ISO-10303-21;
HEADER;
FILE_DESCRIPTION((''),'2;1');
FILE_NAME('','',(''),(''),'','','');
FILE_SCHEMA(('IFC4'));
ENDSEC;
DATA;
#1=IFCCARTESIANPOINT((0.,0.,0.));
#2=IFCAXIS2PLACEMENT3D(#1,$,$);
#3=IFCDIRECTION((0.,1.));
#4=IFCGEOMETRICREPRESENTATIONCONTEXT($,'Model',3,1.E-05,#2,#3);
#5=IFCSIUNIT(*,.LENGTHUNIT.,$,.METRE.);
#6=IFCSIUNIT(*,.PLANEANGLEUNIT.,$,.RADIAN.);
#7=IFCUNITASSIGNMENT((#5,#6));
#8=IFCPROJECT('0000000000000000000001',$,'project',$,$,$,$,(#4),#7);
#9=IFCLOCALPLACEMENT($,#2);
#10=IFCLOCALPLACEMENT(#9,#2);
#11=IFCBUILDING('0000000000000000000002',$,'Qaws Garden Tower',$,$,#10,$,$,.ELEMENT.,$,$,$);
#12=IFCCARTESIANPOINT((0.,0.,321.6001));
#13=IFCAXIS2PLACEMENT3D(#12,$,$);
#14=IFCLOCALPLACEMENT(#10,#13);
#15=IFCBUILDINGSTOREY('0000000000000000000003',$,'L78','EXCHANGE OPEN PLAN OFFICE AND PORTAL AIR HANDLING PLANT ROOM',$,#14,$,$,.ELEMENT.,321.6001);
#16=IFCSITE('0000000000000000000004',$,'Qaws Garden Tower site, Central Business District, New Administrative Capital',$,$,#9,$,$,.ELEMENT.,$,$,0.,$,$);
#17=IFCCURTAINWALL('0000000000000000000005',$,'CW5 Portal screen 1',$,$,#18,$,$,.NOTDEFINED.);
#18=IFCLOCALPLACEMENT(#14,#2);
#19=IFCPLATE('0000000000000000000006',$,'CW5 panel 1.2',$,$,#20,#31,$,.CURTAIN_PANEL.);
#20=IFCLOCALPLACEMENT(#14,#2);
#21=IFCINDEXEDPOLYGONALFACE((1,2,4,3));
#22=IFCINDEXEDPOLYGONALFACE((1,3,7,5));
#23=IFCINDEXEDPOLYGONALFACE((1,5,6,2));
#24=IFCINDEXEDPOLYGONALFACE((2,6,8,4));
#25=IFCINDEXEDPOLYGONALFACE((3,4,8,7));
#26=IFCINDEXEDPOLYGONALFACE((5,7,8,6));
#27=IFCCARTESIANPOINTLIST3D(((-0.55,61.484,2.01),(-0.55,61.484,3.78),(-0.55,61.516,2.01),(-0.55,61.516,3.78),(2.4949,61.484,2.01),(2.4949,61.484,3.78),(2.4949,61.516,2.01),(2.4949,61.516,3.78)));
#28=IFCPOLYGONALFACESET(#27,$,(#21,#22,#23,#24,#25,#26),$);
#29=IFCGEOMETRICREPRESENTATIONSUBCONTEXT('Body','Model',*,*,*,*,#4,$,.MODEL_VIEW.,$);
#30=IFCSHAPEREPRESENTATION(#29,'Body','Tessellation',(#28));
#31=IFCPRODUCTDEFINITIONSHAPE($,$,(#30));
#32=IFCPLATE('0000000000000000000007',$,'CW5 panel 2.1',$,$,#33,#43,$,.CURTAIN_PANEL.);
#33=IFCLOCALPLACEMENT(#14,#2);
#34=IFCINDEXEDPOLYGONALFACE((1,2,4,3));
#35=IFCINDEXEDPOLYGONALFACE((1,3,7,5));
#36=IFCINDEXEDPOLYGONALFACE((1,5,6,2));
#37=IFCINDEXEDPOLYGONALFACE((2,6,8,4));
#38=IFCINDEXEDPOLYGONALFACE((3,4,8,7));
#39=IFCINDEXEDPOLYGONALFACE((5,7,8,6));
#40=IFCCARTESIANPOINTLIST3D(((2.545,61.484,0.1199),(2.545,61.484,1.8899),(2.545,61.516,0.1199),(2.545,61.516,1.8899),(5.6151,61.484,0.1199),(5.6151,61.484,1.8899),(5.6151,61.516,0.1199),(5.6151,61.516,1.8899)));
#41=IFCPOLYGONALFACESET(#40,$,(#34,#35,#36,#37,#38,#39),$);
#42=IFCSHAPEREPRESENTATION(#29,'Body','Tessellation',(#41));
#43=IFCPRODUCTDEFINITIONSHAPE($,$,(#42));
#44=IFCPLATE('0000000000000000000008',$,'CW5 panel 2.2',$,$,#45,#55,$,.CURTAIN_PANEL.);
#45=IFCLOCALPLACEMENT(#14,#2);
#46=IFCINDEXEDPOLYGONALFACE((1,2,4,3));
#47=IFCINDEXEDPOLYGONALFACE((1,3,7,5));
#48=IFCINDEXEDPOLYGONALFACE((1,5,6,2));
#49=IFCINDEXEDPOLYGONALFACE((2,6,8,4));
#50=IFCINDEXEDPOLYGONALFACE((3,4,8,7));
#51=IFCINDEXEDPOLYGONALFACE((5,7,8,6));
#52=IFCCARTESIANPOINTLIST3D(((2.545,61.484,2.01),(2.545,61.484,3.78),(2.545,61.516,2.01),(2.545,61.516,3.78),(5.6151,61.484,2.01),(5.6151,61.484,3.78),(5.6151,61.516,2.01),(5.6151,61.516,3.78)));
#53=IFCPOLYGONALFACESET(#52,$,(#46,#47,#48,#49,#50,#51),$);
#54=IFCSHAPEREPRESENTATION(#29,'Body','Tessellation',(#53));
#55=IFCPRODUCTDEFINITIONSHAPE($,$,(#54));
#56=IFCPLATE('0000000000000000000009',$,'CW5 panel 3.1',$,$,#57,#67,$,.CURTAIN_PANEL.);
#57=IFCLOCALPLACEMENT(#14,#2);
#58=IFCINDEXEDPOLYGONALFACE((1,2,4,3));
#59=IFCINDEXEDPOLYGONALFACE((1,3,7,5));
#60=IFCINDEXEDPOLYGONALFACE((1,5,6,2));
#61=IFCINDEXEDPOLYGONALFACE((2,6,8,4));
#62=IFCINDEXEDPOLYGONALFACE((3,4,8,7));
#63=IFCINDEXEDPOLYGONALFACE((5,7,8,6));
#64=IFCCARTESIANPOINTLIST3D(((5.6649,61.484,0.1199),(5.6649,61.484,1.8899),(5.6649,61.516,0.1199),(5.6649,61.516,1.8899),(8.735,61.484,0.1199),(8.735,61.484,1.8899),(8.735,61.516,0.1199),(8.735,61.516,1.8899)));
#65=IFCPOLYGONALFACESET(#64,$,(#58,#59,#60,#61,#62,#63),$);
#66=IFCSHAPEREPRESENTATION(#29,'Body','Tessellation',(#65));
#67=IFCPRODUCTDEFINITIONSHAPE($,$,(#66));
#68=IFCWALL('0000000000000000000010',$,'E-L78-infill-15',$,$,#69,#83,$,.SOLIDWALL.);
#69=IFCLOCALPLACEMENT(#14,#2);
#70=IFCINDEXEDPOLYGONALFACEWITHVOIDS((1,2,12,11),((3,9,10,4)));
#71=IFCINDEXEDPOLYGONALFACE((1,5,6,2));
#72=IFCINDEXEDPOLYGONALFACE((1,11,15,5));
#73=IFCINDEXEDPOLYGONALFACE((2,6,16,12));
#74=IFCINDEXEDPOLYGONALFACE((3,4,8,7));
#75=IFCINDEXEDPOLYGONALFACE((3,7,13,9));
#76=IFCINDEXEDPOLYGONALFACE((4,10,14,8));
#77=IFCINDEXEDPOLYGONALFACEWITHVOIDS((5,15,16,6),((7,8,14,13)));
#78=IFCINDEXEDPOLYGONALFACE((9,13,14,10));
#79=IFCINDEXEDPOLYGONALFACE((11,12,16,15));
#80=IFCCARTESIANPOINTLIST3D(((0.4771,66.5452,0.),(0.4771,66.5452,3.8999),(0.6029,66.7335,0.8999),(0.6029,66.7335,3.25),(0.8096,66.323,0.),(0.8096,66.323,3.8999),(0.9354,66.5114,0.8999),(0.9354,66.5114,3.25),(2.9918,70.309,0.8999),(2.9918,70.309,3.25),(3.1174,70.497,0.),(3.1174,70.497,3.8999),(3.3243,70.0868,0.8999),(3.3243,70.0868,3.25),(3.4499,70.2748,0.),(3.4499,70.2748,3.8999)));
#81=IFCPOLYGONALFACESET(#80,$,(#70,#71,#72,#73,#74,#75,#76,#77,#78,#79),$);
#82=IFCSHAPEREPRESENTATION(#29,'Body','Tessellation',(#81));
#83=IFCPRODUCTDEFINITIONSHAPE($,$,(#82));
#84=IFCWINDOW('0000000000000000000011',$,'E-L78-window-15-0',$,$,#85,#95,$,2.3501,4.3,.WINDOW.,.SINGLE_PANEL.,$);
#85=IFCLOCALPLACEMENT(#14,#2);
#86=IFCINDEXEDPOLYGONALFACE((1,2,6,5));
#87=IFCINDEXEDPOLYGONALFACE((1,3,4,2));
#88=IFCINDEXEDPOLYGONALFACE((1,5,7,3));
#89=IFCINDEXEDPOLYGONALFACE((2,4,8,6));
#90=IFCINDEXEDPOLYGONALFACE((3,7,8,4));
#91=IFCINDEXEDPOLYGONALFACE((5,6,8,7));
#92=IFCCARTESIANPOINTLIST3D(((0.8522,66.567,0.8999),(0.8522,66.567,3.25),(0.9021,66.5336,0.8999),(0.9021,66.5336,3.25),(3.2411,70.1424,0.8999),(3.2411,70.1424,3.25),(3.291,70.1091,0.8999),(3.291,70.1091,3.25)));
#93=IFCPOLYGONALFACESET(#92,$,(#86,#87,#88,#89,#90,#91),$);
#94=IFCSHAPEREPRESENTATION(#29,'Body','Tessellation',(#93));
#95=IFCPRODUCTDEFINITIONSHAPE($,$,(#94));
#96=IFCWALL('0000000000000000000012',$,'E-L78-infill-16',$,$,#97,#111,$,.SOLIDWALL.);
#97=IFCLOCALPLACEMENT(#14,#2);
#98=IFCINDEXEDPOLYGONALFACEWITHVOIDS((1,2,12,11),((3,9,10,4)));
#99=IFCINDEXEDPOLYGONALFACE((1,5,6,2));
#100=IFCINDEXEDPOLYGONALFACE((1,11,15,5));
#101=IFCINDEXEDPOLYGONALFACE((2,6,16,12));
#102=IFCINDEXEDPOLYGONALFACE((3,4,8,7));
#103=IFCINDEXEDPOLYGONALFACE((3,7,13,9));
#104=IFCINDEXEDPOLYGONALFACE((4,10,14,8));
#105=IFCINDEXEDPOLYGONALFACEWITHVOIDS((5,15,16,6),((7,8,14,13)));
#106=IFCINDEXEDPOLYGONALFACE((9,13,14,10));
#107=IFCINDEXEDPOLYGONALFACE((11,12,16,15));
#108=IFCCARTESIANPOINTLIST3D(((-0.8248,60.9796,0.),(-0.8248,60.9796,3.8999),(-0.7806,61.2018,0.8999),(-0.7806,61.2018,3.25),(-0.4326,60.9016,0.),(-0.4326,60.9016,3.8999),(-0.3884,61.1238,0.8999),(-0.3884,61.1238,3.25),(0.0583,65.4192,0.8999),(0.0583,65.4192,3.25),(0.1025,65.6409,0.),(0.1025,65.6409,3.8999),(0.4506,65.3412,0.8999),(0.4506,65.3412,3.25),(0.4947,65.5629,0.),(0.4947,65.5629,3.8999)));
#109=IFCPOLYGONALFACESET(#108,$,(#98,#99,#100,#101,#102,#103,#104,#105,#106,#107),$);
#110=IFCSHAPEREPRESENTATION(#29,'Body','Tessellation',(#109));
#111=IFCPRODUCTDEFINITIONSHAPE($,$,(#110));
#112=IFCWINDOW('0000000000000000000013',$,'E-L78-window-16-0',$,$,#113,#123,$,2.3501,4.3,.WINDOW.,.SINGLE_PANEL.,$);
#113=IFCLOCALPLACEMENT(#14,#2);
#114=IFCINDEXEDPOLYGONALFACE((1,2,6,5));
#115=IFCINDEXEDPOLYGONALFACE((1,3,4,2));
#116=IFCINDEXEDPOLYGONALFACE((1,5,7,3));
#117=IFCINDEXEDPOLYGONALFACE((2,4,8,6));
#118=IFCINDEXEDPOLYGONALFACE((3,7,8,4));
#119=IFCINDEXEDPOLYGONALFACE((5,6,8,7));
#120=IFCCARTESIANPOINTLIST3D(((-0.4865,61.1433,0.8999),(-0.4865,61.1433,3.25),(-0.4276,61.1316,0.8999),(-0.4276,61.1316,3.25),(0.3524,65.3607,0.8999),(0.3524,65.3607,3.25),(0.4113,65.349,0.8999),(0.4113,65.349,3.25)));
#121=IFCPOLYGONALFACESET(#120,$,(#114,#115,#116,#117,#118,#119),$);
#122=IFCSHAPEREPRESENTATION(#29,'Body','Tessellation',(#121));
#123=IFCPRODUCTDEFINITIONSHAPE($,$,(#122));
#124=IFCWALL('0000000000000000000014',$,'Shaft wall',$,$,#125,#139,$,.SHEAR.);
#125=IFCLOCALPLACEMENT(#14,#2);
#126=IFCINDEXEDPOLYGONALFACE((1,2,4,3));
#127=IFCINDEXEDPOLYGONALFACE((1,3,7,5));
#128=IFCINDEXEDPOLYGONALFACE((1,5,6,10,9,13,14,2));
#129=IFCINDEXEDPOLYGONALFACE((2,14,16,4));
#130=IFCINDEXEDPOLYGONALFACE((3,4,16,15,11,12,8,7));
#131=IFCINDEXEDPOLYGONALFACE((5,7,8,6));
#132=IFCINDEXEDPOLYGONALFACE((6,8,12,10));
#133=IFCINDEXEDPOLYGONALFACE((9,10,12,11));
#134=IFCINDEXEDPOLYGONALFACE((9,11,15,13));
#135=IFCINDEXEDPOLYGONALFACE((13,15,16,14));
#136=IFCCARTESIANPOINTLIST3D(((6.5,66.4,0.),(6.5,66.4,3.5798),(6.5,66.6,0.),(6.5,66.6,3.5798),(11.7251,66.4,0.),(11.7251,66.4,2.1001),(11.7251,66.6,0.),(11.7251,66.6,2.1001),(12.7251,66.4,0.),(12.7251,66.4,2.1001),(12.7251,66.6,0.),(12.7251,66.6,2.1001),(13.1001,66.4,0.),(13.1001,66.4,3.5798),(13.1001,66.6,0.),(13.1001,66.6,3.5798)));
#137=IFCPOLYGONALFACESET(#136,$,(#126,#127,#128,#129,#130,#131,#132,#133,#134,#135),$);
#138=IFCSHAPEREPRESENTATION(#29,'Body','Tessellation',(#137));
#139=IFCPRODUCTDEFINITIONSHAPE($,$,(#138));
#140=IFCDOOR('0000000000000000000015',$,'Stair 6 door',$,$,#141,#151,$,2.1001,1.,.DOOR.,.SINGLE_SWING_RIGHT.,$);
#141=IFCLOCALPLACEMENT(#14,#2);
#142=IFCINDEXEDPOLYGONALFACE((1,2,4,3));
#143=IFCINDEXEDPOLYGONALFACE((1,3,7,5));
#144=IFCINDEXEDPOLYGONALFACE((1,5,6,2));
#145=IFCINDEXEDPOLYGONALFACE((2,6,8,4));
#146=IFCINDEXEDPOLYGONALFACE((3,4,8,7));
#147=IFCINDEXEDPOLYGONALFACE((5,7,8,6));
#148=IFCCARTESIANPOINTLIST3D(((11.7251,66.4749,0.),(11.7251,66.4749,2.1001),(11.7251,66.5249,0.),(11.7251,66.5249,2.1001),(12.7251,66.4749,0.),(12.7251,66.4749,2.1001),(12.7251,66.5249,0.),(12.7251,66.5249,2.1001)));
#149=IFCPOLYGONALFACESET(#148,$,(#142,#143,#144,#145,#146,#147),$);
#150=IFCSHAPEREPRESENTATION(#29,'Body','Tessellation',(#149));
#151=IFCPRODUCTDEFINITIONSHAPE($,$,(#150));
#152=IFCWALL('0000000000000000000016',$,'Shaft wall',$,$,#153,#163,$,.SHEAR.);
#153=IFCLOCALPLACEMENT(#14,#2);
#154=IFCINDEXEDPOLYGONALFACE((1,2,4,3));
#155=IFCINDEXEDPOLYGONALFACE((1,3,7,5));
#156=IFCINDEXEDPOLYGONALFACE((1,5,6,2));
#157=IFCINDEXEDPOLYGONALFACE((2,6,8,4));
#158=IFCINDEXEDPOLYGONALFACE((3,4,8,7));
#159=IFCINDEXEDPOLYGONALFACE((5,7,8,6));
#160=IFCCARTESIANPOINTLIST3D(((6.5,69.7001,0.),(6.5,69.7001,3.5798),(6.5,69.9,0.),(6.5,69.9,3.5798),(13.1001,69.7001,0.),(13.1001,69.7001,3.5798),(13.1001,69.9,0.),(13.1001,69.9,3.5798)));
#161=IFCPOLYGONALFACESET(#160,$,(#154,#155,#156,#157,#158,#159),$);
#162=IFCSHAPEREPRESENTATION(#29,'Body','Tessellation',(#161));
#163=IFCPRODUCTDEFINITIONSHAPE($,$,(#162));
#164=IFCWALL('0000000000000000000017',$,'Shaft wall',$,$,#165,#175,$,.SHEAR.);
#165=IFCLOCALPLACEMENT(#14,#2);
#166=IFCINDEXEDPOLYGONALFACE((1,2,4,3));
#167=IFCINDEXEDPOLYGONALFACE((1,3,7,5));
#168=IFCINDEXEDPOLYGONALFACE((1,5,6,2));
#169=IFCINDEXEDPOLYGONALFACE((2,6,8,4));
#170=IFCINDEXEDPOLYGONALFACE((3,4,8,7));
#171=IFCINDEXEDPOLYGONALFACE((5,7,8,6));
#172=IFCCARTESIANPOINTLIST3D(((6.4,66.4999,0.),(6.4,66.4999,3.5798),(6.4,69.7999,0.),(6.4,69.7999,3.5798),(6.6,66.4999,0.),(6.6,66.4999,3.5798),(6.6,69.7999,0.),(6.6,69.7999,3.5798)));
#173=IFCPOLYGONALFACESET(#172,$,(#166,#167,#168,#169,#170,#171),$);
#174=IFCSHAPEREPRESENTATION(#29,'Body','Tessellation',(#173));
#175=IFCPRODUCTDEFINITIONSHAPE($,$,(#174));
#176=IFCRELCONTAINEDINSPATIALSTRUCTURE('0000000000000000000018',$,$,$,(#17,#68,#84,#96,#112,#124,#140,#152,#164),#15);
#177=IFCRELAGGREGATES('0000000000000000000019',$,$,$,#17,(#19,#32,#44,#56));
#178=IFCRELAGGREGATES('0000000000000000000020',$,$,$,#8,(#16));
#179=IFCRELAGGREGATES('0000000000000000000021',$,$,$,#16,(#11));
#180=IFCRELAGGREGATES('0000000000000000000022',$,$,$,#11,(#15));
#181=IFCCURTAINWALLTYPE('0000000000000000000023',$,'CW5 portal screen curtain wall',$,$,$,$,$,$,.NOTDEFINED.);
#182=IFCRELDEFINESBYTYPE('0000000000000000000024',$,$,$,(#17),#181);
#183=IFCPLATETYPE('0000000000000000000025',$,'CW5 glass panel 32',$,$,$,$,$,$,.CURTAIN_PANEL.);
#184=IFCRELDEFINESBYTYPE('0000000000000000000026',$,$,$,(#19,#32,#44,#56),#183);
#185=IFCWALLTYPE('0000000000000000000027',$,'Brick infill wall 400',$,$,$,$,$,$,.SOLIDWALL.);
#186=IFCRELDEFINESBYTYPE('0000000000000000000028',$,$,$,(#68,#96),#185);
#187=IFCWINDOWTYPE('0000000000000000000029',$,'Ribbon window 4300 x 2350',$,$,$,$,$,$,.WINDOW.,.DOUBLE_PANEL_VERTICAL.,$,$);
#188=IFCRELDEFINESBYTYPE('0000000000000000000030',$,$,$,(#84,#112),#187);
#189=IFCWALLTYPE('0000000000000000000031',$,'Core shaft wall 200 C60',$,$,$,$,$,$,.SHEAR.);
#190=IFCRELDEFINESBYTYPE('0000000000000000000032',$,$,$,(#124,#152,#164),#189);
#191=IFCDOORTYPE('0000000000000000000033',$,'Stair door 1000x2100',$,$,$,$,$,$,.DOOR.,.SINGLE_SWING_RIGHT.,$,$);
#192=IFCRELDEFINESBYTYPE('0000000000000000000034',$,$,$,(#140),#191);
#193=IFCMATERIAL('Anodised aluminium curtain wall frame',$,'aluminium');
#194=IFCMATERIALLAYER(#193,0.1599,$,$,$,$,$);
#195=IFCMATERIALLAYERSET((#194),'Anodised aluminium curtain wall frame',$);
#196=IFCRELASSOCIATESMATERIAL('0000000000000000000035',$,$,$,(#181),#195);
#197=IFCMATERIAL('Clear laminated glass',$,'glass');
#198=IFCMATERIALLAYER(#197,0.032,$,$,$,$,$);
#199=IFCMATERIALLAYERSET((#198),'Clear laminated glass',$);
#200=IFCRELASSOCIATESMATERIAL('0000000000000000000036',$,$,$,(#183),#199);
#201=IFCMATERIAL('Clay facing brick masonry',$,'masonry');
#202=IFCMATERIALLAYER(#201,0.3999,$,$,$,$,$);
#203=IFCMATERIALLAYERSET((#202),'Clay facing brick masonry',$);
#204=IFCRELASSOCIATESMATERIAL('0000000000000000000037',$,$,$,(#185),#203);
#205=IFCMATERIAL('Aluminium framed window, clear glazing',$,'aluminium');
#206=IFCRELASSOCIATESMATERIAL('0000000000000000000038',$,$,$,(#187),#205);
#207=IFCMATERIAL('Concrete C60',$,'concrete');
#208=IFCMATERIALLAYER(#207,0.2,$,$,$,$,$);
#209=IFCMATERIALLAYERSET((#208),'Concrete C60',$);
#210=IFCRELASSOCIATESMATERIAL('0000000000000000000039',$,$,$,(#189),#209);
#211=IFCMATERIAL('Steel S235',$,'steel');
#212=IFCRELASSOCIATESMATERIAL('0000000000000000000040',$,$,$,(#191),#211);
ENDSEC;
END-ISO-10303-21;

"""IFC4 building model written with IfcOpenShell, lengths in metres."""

from ifc_helpers import new_model, si_unit, direction, frame, frame_2d, origin, origin_2d, place, context, subcontext, project, spatial, rectangle, extrude, material, layer, layer_set, type_object, element, fill, aggregate, save


model = new_model("IFC4")

# Units and contexts
model_context = context("Model", 3, precision=1e-05, world=origin(), true_north=direction((0.0, 1.0)))
body_context = subcontext(model_context, "Body", "Model", "MODEL_VIEW")
ifc_project = project(units=[si_unit("LENGTHUNIT", "METRE"), si_unit("PLANEANGLEUNIT", "RADIAN")], contexts=[model_context])

# Site, building, storey
site_placement = place(None, origin())
site = spatial("IfcSite", under=ifc_project, at=site_placement, Name="Qaws Garden Tower site, Central Business District, New Administrative Capital", CompositionType="ELEMENT", RefElevation=0.0)
building_placement = place(site_placement, origin())
building = spatial("IfcBuilding", under=site, at=building_placement, Name="Qaws Garden Tower", CompositionType="ELEMENT")
storey_placement = place(building_placement, frame((0.0, 0.0, 321.6001)))
storey = spatial("IfcBuildingStorey", under=building, at=storey_placement, Name="L78", Description="EXCHANGE OPEN PLAN OFFICE AND PORTAL AIR HANDLING PLANT ROOM", CompositionType="ELEMENT", Elevation=321.6001)

# Curtain wall
ifc_material_1 = material(Name="Anodised aluminium curtain wall frame", Category="aluminium")
ifc_layer_1 = layer(ifc_material_1, 0.1599)
ifc_layer_set_1 = layer_set([ifc_layer_1], Name="Anodised aluminium curtain wall frame")
curtain_wall_type = type_object("IfcCurtainWallType", Name="CW5 portal screen curtain wall", PredefinedType="NOTDEFINED", material=ifc_layer_set_1)
curtain_wall_placement = place(storey_placement, origin())
curtain_wall = element("IfcCurtainWall", 1, at=curtain_wall_placement, inside=storey, type_object=curtain_wall_type, Name="CW5 Portal screen 1", PredefinedType="NOTDEFINED")

# Plates
ifc_material_2 = material(Name="Clear laminated glass", Category="glass")
ifc_layer_2 = layer(ifc_material_2, 0.032)
ifc_layer_set_2 = layer_set([ifc_layer_2], Name="Clear laminated glass")
plate_type = type_object("IfcPlateType", Name="CW5 glass panel 32", PredefinedType="CURTAIN_PANEL", material=ifc_layer_set_2)
plate_1_placement = place(storey_placement, frame((0.9724, 61.5, 2.01), z_axis=(0.0, 0.0, 1.0), x_axis=(1.0, 0.0, 0.0)))
plate_1 = element("IfcPlate", 2, at=plate_1_placement, type_object=plate_type, Name="CW5 panel 1.2", PredefinedType="CURTAIN_PANEL", context=body_context, shape_type="SweptSolid", body=[
    extrude(rectangle(XDim=3.0449, YDim=0.032, at=origin_2d()), origin(), (0.0, 0.0, 1.0), 1.77),
])
plate_2_placement = place(storey_placement, frame((4.0801, 61.5, 0.1199), z_axis=(0.0, 0.0, 1.0), x_axis=(1.0, 0.0, 0.0)))
plate_2 = element("IfcPlate", 3, at=plate_2_placement, type_object=plate_type, Name="CW5 panel 2.1", PredefinedType="CURTAIN_PANEL", context=body_context, shape_type="SweptSolid", body=[
    extrude(rectangle(XDim=3.0701, YDim=0.032, at=origin_2d()), origin(), (0.0, 0.0, 1.0), 1.77),
])
plate_3_placement = place(storey_placement, frame((4.0801, 61.5, 2.01), z_axis=(0.0, 0.0, 1.0), x_axis=(1.0, 0.0, 0.0)))
plate_3 = element("IfcPlate", 4, at=plate_3_placement, type_object=plate_type, Name="CW5 panel 2.2", PredefinedType="CURTAIN_PANEL", context=body_context, shape_type="SweptSolid", body=[
    extrude(rectangle(XDim=3.0701, YDim=0.032, at=origin_2d()), origin(), (0.0, 0.0, 1.0), 1.77),
])
plate_4_placement = place(storey_placement, frame((7.2, 61.5, 0.1199), z_axis=(0.0, 0.0, 1.0), x_axis=(1.0, 0.0, 0.0)))
plate_4 = element("IfcPlate", 5, at=plate_4_placement, type_object=plate_type, Name="CW5 panel 3.1", PredefinedType="CURTAIN_PANEL", context=body_context, shape_type="SweptSolid", body=[
    extrude(rectangle(XDim=3.0701, YDim=0.032, at=origin_2d()), origin(), (0.0, 0.0, 1.0), 1.77),
])
aggregate(curtain_wall, [plate_1, plate_2, plate_3, plate_4])

# Walls, openings, windows
ifc_material_3 = material(Name="Clay facing brick masonry", Category="masonry")
ifc_layer_3 = layer(ifc_material_3, 0.3999)
ifc_layer_set_3 = layer_set([ifc_layer_3], Name="Clay facing brick masonry")
wall_type_1 = type_object("IfcWallType", Name="Brick infill wall 400", PredefinedType="SOLIDWALL", material=ifc_layer_set_3)
wall_1_placement = place(storey_placement, frame((3.2837, 70.386, 0.0), z_axis=(0.0, 0.0, 1.0), x_axis=(-0.555542, -0.831489, 0.0)))
wall_1 = element("IfcWall", 6, at=wall_1_placement, inside=storey, type_object=wall_type_1, Name="E-L78-infill-15", PredefinedType="SOLIDWALL", context=body_context, shape_type="SweptSolid", body=[
    extrude(rectangle(XDim=4.7527, YDim=0.3999, at=frame_2d((2.3765, 0.0))), origin(), (0.0, 0.0, 1.0), 3.8999),
])
opening_1_placement = place(wall_1_placement, frame((0.2263, 0.0, 0.8999)))
opening_1 = element("IfcOpeningElement", 7, at=opening_1_placement, cuts=wall_1, PredefinedType="OPENING", context=body_context, shape_type="SweptSolid", body=[
    extrude(rectangle(XDim=4.3, YDim=2.3501, at=frame_2d((2.1499, 1.175))), frame((0.0, 0.21, 0.0), z_axis=(0.0, -1.0, 0.0), x_axis=(1.0, 0.0, 0.0)), (0.0, 0.0, 1.0), 0.4199),
])
ifc_material_4 = material(Name="Aluminium framed window, clear glazing", Category="aluminium")
window_type = type_object("IfcWindowType", Name="Ribbon window 4300 x 2350", PartitioningType="DOUBLE_PANEL_VERTICAL", PredefinedType="WINDOW", material=ifc_material_4)
window_1_placement = place(opening_1_placement, origin())
window_1 = element("IfcWindow", 8, at=window_1_placement, inside=storey, type_object=window_type, Name="E-L78-window-15-0", OverallHeight=2.3501, OverallWidth=4.3, PartitioningType="SINGLE_PANEL", PredefinedType="WINDOW", context=body_context, shape_type="SweptSolid", body=[
    extrude(rectangle(XDim=4.3, YDim=2.3501, at=frame_2d((2.1499, 1.175))), frame((0.0, 0.1599, 0.0), z_axis=(0.0, -1.0, 0.0), x_axis=(1.0, 0.0, 0.0)), (0.0, 0.0, 1.0), 0.0601),
])
fill(opening_1, window_1)
wall_2_placement = place(storey_placement, frame((0.2986, 65.6021, 0.0), z_axis=(0.0, 0.0, 1.0), x_axis=(-0.195099, -0.980784, 0.0)))
wall_2 = element("IfcWall", 9, at=wall_2_placement, inside=storey, type_object=wall_type_1, Name="E-L78-infill-16", PredefinedType="SOLIDWALL", context=body_context, shape_type="SweptSolid", body=[
    extrude(rectangle(XDim=4.7527, YDim=0.3999, at=frame_2d((2.3765, 0.0))), origin(), (0.0, 0.0, 1.0), 3.8999),
])
opening_2_placement = place(wall_2_placement, frame((0.2263, 0.0, 0.8999)))
opening_2 = element("IfcOpeningElement", 10, at=opening_2_placement, cuts=wall_2, PredefinedType="OPENING", context=body_context, shape_type="SweptSolid", body=[
    extrude(rectangle(XDim=4.3, YDim=2.3501, at=frame_2d((2.1499, 1.175))), frame((0.0, 0.21, 0.0), z_axis=(0.0, -1.0, 0.0), x_axis=(1.0, 0.0, 0.0)), (0.0, 0.0, 1.0), 0.4199),
])
window_2_placement = place(opening_2_placement, origin())
window_2 = element("IfcWindow", 11, at=window_2_placement, inside=storey, type_object=window_type, Name="E-L78-window-16-0", OverallHeight=2.3501, OverallWidth=4.3, PartitioningType="SINGLE_PANEL", PredefinedType="WINDOW", context=body_context, shape_type="SweptSolid", body=[
    extrude(rectangle(XDim=4.3, YDim=2.3501, at=frame_2d((2.1499, 1.175))), frame((0.0, 0.1599, 0.0), z_axis=(0.0, -1.0, 0.0), x_axis=(1.0, 0.0, 0.0)), (0.0, 0.0, 1.0), 0.0601),
])
fill(opening_2, window_2)

# Wall, opening, door
ifc_material_5 = material(Name="Concrete C60", Category="concrete")
ifc_layer_4 = layer(ifc_material_5, 0.2)
ifc_layer_set_4 = layer_set([ifc_layer_4], Name="Concrete C60")
wall_type_2 = type_object("IfcWallType", Name="Core shaft wall 200 C60", PredefinedType="SHEAR", material=ifc_layer_set_4)
wall_3_placement = place(storey_placement, frame((6.5, 66.5, 0.0), z_axis=(0.0, 0.0, 1.0), x_axis=(1.0, 0.0, 0.0)))
wall_3 = element("IfcWall", 12, at=wall_3_placement, inside=storey, type_object=wall_type_2, Name="Shaft wall", PredefinedType="SHEAR", context=body_context, shape_type="SweptSolid", body=[
    extrude(rectangle(XDim=6.6001, YDim=0.2, at=frame_2d((3.3, 0.0))), origin(), (0.0, 0.0, 1.0), 3.5798),
])
opening_3_placement = place(wall_3_placement, frame((5.2251, 0.0, 0.0)))
opening_3 = element("IfcOpeningElement", 13, at=opening_3_placement, cuts=wall_3, PredefinedType="OPENING", context=body_context, shape_type="SweptSolid", body=[
    extrude(rectangle(XDim=1.0, YDim=2.1001, at=frame_2d((0.5, 1.05))), frame((0.0, 0.1099, 0.0), z_axis=(0.0, -1.0, 0.0), x_axis=(1.0, 0.0, 0.0)), (0.0, 0.0, 1.0), 0.22),
])
ifc_material_6 = material(Name="Steel S235", Category="steel")
door_type = type_object("IfcDoorType", Name="Stair door 1000x2100", OperationType="SINGLE_SWING_RIGHT", PredefinedType="DOOR", material=ifc_material_6)
door_placement = place(opening_3_placement, origin())
door = element("IfcDoor", 14, at=door_placement, inside=storey, type_object=door_type, Name="Stair 6 door", OperationType="SINGLE_SWING_RIGHT", OverallHeight=2.1001, OverallWidth=1.0, PredefinedType="DOOR", context=body_context, shape_type="SweptSolid", body=[
    extrude(rectangle(XDim=1.0, YDim=2.1001, at=frame_2d((0.5, 1.05))), frame((0.0, 0.0249, 0.0), z_axis=(0.0, -1.0, 0.0), x_axis=(1.0, 0.0, 0.0)), (0.0, 0.0, 1.0), 0.05),
])
fill(opening_3, door)

# Walls
wall_4_placement = place(storey_placement, frame((6.5, 69.8, 0.0), z_axis=(0.0, 0.0, 1.0), x_axis=(1.0, 0.0, 0.0)))
element("IfcWall", 15, at=wall_4_placement, inside=storey, type_object=wall_type_2, Name="Shaft wall", PredefinedType="SHEAR", context=body_context, shape_type="SweptSolid", body=[
    extrude(rectangle(XDim=6.6001, YDim=0.2, at=frame_2d((3.3, 0.0))), origin(), (0.0, 0.0, 1.0), 3.5798),
])
wall_5_placement = place(storey_placement, frame((6.5, 66.5, 0.0), z_axis=(0.0, 0.0, 1.0), x_axis=(0.0, 1.0, 0.0)))
element("IfcWall", 16, at=wall_5_placement, inside=storey, type_object=wall_type_2, Name="Shaft wall", PredefinedType="SHEAR", context=body_context, shape_type="SweptSolid", body=[
    extrude(rectangle(XDim=3.3, YDim=0.2, at=frame_2d((1.6499, 0.0))), origin(), (0.0, 0.0, 1.0), 3.5798),
])

save(model, "model.ifc")
